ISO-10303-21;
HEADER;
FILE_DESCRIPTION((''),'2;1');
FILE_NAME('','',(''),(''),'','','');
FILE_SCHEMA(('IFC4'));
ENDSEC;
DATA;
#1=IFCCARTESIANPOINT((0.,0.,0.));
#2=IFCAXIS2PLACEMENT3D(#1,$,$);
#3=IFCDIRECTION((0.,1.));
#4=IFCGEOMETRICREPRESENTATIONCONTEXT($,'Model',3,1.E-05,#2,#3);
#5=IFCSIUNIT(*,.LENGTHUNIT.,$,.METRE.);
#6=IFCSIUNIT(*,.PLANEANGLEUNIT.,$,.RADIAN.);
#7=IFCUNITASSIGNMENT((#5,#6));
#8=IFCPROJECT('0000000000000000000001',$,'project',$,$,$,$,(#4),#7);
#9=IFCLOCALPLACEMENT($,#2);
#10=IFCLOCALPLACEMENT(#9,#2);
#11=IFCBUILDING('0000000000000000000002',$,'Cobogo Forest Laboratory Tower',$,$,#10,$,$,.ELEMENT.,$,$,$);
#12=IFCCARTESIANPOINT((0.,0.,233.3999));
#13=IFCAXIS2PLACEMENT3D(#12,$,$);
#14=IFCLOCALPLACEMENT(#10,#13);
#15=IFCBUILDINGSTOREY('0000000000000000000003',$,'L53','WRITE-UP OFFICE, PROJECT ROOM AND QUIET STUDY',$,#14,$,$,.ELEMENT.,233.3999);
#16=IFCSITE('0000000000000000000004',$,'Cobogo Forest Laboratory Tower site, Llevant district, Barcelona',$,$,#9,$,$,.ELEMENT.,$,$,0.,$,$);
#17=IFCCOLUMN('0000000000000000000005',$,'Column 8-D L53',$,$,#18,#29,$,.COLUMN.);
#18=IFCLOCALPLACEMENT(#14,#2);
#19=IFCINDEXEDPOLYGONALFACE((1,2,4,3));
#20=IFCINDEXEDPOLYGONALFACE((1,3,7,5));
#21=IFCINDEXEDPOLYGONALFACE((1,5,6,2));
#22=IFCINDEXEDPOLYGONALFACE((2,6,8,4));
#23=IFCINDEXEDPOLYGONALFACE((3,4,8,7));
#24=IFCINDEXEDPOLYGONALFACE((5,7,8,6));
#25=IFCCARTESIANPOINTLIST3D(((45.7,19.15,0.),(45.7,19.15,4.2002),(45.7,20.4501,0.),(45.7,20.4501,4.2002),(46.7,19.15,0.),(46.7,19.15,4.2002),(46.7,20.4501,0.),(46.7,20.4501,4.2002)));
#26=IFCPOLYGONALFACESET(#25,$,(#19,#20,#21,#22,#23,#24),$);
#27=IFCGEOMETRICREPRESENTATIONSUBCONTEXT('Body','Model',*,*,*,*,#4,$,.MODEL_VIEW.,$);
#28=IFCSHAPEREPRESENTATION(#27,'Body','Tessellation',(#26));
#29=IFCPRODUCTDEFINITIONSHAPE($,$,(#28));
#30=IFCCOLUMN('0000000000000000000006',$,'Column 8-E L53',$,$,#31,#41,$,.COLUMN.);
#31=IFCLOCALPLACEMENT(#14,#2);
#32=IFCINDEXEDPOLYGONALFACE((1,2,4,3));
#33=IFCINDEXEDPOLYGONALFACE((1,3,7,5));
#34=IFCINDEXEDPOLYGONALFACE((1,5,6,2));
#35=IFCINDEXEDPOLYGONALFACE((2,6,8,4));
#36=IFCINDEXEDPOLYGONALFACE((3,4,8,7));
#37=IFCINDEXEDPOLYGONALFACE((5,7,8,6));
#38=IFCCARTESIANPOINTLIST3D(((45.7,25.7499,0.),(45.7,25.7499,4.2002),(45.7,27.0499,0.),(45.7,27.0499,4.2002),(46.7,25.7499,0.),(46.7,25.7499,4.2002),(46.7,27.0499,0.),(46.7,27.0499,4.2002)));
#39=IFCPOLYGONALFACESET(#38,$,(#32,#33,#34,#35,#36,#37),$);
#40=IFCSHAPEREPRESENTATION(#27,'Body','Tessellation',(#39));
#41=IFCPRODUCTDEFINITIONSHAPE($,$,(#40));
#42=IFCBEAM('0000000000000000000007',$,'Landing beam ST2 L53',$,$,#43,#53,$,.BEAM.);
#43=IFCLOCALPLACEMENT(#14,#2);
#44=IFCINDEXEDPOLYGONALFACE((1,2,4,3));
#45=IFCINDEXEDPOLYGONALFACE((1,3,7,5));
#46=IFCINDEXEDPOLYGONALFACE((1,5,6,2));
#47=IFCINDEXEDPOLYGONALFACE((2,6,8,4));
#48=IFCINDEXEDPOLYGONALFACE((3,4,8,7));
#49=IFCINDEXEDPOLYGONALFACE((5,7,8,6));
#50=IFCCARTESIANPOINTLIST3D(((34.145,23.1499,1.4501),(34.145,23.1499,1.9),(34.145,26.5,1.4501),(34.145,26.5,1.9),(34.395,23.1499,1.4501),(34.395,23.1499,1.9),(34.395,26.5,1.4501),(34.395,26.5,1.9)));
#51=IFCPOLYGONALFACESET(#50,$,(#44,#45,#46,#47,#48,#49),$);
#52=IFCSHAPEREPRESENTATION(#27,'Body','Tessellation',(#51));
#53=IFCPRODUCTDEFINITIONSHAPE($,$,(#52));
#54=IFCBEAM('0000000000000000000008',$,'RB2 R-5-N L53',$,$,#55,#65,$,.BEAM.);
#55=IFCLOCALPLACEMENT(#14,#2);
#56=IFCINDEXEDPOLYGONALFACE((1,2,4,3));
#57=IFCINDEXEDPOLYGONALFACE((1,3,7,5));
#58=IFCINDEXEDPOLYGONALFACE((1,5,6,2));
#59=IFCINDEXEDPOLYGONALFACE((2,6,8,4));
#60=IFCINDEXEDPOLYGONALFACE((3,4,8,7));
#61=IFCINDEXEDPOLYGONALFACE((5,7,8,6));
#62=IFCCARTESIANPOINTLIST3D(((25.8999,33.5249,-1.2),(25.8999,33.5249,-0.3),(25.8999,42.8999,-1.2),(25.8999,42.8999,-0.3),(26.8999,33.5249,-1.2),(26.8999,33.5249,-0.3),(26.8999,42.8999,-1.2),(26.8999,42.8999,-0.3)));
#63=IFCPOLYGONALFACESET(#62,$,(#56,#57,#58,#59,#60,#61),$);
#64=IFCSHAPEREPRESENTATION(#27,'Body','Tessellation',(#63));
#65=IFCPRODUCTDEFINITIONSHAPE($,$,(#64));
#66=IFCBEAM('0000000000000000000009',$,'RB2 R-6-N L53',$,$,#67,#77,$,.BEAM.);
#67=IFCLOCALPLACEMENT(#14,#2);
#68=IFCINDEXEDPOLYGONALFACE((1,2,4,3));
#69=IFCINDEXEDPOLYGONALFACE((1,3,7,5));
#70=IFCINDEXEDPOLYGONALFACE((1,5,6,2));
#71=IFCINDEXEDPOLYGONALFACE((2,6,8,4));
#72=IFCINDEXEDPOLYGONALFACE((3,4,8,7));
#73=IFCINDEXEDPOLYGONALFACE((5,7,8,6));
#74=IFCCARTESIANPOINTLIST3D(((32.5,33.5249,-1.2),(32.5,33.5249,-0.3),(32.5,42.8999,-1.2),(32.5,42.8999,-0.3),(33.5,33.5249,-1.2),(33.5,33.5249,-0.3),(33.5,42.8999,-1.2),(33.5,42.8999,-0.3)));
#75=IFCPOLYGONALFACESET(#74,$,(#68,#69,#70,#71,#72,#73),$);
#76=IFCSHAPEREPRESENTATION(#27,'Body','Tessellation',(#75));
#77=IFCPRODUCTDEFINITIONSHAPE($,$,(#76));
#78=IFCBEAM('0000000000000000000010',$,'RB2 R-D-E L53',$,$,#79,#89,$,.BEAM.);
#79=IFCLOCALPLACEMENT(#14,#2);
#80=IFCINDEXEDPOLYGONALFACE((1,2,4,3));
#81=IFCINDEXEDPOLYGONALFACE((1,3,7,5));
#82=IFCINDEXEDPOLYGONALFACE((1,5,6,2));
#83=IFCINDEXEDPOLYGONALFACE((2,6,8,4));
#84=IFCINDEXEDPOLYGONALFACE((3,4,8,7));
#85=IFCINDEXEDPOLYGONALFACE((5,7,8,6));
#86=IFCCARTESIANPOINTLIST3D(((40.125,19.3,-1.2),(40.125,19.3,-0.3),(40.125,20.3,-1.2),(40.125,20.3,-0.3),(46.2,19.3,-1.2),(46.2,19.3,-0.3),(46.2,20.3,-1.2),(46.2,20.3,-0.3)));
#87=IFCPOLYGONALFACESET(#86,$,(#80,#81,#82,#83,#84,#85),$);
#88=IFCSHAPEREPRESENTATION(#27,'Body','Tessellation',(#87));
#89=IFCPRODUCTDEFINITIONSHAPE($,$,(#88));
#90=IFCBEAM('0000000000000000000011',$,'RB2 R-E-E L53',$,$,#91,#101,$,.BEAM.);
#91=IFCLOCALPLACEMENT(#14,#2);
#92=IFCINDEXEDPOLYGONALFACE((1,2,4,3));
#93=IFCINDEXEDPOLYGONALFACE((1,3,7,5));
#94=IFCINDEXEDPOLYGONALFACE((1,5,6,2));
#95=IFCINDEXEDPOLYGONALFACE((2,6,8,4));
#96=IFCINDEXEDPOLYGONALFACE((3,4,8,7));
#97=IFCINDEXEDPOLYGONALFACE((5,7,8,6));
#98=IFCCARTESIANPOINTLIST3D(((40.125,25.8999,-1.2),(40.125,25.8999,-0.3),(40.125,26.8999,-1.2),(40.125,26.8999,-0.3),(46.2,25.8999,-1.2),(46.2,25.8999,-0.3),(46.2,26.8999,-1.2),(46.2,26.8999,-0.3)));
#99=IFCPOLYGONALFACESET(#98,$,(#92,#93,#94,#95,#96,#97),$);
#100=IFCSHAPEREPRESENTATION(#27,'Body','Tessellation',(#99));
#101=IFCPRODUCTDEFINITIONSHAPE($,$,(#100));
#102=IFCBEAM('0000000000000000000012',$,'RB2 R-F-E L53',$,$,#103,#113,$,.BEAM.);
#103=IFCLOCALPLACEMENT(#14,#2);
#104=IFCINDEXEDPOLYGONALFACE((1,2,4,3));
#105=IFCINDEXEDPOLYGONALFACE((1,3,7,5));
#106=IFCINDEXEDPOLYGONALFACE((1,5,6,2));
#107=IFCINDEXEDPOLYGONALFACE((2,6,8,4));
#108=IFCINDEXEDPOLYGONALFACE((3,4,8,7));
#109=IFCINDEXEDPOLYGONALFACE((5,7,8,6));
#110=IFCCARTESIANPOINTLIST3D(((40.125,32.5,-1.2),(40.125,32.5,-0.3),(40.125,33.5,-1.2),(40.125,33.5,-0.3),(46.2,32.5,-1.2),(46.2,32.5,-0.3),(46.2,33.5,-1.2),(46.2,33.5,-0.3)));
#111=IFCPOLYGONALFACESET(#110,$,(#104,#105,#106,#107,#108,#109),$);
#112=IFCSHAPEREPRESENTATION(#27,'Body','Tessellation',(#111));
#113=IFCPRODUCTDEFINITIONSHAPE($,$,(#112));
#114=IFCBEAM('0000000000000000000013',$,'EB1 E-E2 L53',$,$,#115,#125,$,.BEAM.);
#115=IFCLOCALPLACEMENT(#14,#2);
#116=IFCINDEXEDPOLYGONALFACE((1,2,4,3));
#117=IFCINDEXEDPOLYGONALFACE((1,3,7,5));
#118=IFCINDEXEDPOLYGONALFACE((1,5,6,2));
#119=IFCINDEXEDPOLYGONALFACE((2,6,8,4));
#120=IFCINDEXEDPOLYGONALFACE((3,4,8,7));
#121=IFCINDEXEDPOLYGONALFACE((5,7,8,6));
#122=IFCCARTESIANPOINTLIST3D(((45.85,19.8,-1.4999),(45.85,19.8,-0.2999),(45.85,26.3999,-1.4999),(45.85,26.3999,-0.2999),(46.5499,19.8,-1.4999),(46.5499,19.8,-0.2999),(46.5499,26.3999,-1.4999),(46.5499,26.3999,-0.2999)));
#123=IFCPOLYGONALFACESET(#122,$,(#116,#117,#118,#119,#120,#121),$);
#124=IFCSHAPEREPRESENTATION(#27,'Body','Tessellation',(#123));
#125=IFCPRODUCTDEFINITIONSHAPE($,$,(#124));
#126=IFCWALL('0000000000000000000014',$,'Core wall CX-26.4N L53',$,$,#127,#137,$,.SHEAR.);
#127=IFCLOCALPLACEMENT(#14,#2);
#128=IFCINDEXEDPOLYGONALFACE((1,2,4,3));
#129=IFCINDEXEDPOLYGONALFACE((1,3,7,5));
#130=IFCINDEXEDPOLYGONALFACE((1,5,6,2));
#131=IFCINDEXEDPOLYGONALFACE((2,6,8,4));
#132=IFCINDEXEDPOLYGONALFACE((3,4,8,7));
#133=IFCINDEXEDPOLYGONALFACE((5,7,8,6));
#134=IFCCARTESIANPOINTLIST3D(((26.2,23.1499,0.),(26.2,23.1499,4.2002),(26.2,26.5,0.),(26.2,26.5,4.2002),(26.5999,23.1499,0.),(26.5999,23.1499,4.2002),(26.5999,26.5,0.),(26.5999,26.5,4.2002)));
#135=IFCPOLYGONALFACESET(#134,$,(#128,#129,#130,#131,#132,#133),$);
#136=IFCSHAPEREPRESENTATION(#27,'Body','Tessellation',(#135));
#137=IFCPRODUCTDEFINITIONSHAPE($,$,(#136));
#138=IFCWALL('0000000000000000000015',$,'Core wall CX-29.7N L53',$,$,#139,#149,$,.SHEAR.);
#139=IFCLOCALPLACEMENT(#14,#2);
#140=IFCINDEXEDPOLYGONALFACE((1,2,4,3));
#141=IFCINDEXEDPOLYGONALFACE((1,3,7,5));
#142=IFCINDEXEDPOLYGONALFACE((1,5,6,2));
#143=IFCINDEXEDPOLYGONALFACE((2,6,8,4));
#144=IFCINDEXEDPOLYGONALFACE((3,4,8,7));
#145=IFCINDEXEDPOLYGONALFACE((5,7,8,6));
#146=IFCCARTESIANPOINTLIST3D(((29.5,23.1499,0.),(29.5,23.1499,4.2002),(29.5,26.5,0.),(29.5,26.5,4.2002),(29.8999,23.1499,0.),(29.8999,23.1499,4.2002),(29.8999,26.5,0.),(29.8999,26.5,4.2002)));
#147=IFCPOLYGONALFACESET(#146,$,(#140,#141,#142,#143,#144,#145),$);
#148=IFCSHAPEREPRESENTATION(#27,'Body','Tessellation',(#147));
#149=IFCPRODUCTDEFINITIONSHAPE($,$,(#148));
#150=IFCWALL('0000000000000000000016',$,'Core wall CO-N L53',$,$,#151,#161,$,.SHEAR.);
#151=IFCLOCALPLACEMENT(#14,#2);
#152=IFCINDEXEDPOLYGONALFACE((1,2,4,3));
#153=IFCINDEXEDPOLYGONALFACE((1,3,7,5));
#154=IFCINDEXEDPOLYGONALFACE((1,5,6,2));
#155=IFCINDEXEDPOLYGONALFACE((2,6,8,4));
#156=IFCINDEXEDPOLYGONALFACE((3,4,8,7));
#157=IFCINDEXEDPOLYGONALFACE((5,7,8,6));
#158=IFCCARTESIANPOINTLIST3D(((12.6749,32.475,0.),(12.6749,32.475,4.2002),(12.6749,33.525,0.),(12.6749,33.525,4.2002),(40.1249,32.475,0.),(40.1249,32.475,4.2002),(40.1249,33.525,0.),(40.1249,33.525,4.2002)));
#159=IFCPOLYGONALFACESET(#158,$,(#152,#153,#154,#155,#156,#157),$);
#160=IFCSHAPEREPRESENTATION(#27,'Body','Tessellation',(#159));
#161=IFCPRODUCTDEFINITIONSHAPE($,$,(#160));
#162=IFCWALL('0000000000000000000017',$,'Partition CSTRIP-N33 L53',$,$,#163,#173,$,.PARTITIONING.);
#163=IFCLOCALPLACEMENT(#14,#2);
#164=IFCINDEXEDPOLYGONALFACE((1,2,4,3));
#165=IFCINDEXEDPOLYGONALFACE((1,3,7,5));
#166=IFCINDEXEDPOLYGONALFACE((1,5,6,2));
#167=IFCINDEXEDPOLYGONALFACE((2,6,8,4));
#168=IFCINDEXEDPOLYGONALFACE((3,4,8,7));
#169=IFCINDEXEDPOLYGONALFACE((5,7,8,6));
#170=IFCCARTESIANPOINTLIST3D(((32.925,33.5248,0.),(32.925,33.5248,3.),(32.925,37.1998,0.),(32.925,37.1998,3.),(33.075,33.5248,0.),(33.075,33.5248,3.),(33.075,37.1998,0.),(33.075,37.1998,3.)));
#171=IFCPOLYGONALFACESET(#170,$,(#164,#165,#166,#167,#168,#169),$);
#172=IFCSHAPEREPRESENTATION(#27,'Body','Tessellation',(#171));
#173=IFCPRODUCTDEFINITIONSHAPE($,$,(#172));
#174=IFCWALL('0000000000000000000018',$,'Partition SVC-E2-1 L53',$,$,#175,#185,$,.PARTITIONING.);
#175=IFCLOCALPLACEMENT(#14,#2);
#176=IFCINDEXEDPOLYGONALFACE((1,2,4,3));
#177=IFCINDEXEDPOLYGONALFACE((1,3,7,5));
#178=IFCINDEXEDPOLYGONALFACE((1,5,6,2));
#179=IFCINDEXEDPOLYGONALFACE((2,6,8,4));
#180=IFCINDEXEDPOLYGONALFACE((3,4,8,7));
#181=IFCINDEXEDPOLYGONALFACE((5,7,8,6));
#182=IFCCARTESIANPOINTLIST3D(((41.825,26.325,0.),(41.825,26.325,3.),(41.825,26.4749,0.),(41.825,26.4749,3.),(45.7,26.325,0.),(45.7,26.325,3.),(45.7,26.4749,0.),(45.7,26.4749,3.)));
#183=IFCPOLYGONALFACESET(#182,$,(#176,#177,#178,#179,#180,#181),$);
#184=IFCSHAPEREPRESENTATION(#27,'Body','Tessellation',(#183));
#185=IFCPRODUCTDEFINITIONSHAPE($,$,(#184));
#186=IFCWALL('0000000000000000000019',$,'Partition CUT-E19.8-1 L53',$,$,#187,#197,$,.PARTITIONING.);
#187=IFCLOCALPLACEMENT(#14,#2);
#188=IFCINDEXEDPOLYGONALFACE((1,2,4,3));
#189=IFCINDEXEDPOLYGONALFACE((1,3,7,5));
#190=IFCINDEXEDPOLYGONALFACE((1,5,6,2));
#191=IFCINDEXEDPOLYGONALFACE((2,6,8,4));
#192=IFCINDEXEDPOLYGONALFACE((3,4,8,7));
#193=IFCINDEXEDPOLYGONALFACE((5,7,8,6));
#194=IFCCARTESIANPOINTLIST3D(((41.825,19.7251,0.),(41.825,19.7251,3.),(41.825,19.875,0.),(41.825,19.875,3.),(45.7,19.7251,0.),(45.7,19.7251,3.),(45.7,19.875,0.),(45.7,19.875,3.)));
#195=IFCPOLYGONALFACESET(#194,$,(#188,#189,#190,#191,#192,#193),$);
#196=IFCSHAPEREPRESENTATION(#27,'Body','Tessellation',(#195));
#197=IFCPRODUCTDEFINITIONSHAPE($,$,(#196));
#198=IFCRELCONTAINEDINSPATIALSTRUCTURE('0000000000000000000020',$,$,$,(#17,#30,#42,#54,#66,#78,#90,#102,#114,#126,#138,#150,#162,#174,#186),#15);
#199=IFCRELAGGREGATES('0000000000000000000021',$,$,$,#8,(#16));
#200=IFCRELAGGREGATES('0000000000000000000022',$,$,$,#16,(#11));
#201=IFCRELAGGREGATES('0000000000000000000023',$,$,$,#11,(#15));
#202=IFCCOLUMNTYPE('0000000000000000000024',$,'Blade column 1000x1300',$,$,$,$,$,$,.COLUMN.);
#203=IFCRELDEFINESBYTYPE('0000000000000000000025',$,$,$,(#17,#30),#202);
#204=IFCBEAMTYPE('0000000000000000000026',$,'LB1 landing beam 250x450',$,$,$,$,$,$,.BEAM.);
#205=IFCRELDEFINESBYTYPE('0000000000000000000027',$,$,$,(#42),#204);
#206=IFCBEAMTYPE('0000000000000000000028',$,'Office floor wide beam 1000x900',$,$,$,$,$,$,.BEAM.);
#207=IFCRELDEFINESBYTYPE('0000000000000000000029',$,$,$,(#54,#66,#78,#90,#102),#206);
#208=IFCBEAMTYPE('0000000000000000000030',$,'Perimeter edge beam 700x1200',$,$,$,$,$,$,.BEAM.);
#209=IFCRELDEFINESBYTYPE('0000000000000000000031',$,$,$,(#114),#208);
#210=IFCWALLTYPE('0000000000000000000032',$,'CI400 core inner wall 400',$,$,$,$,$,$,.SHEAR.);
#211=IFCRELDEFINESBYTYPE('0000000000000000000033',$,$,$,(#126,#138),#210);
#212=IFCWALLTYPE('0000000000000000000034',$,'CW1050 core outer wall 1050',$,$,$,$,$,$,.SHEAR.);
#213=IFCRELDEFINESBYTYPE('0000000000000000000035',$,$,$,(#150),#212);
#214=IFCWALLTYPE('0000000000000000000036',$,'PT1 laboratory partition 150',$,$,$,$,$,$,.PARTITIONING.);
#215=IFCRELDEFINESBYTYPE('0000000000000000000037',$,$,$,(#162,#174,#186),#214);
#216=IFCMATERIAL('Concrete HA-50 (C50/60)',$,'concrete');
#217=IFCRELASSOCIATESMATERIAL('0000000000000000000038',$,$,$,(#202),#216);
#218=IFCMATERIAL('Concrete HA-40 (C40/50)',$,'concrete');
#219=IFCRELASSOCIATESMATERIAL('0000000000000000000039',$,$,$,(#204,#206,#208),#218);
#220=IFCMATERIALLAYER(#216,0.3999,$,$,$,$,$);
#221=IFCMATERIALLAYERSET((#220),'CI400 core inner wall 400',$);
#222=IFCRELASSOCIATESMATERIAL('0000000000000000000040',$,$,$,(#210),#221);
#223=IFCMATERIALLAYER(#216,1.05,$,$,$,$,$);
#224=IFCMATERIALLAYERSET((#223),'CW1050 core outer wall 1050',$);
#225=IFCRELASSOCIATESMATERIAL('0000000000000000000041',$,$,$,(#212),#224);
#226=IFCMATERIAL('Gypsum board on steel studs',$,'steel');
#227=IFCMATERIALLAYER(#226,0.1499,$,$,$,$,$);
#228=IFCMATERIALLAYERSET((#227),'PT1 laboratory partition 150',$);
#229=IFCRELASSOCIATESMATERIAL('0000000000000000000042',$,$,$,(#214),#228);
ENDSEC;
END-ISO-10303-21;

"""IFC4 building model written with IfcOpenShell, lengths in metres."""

from ifc_helpers import new_model, si_unit, direction, frame, frame_2d, origin, origin_2d, place, context, subcontext, project, spatial, rectangle, extrude, material, layer, layer_set, material_profile, profile_set, type_object, element, save


model = new_model("IFC4")

# Units and contexts
model_context = context("Model", 3, precision=1e-05, world=origin(), true_north=direction((0.0, 1.0)))
body_context = subcontext(model_context, "Body", "Model", "MODEL_VIEW")
ifc_project = project(units=[si_unit("LENGTHUNIT", "METRE"), si_unit("PLANEANGLEUNIT", "RADIAN")], contexts=[model_context])

# Site, building, storey
site_placement = place(None, origin())
site = spatial("IfcSite", under=ifc_project, at=site_placement, Name="Cobogo Forest Laboratory Tower site, Llevant district, Barcelona", CompositionType="ELEMENT", RefElevation=0.0)
building_placement = place(site_placement, origin())
building = spatial("IfcBuilding", under=site, at=building_placement, Name="Cobogo Forest Laboratory Tower", CompositionType="ELEMENT")
storey_placement = place(building_placement, frame((0.0, 0.0, 233.3999)))
storey = spatial("IfcBuildingStorey", under=building, at=storey_placement, Name="L53", Description="WRITE-UP OFFICE, PROJECT ROOM AND QUIET STUDY", CompositionType="ELEMENT", Elevation=233.3999)

# Columns
ifc_material_1 = material(Name="Concrete HA-50 (C50/60)", Category="concrete")
ifc_material_profile_1 = material_profile(ifc_material_1, rectangle(XDim=1.3, YDim=1.0, at=origin_2d()), Name="RC 1000x1300")
ifc_profile_set_1 = profile_set([ifc_material_profile_1], Name="Concrete HA-50 (C50/60)")
column_type = type_object("IfcColumnType", Name="Blade column 1000x1300", PredefinedType="COLUMN", material=ifc_profile_set_1)
for number, where, z_axis, x_axis, name in (
    (1, (46.2, 19.8, 0.0), (0.0, 0.0, 1.0), (0.0, 1.0, 0.0), "Column 8-D L53"),
    (2, (46.2, 26.3999, 0.0), (0.0, 0.0, 1.0), (0.0, 1.0, 0.0), "Column 8-E L53"),
):
    element("IfcColumn", number, at=place(storey_placement, frame(where, z_axis=z_axis, x_axis=x_axis)), inside=storey, type_object=column_type, Name=name, PredefinedType="COLUMN", context=body_context, shape_type="SweptSolid", body=[
        extrude(rectangle(XDim=1.3, YDim=1.0, at=origin_2d()), origin(), (0.0, 0.0, 1.0), 4.2002),
    ])

# Beams
ifc_material_2 = material(Name="Concrete HA-40 (C40/50)", Category="concrete")
ifc_material_profile_2 = material_profile(ifc_material_2, rectangle(XDim=0.25, YDim=0.45, at=origin_2d()), Name="RC 250x450")
ifc_profile_set_2 = profile_set([ifc_material_profile_2], Name="Concrete HA-40 (C40/50)")
beam_type_1 = type_object("IfcBeamType", Name="LB1 landing beam 250x450", PredefinedType="BEAM", material=ifc_profile_set_2)
beam_1_placement = place(storey_placement, frame((34.27, 23.1499, 1.675), z_axis=(0.0, 1.0, 0.0), x_axis=(-1.0, 0.0, 0.0)))
element("IfcBeam", 3, at=beam_1_placement, inside=storey, type_object=beam_type_1, Name="Landing beam ST2 L53", PredefinedType="BEAM", context=body_context, shape_type="SweptSolid", body=[
    extrude(rectangle(XDim=0.25, YDim=0.45, at=origin_2d()), origin(), (0.0, 0.0, 1.0), 3.3501),
])
ifc_material_profile_3 = material_profile(ifc_material_2, rectangle(XDim=1.0, YDim=0.8999, at=origin_2d()), Name="RC 1000x900")
ifc_profile_set_3 = profile_set([ifc_material_profile_3], Name="Concrete HA-40 (C40/50)")
beam_type_2 = type_object("IfcBeamType", Name="Office floor wide beam 1000x900", PredefinedType="BEAM", material=ifc_profile_set_3)
for number, where, z_axis, x_axis, name in (
    (4, (26.3999, 33.5249, -0.75), (0.0, 1.0, 0.0), (-1.0, 0.0, 0.0), "RB2 R-5-N L53"),
    (5, (33.0, 33.5249, -0.75), (0.0, 1.0, 0.0), (-1.0, 0.0, 0.0), "RB2 R-6-N L53"),
):
    element("IfcBeam", number, at=place(storey_placement, frame(where, z_axis=z_axis, x_axis=x_axis)), inside=storey, type_object=beam_type_2, Name=name, PredefinedType="BEAM", context=body_context, shape_type="SweptSolid", body=[
        extrude(rectangle(XDim=1.0, YDim=0.8999, at=origin_2d()), origin(), (0.0, 0.0, 1.0), 9.375),
    ])
for number, where, z_axis, x_axis, name in (
    (6, (40.125, 19.8, -0.75), (1.0, 0.0, 0.0), (0.0, 1.0, 0.0), "RB2 R-D-E L53"),
    (7, (40.125, 26.3999, -0.75), (1.0, 0.0, 0.0), (0.0, 1.0, 0.0), "RB2 R-E-E L53"),
    (8, (40.125, 33.0, -0.75), (1.0, 0.0, 0.0), (0.0, 1.0, 0.0), "RB2 R-F-E L53"),
):
    element("IfcBeam", number, at=place(storey_placement, frame(where, z_axis=z_axis, x_axis=x_axis)), inside=storey, type_object=beam_type_2, Name=name, PredefinedType="BEAM", context=body_context, shape_type="SweptSolid", body=[
        extrude(rectangle(XDim=1.0, YDim=0.8999, at=origin_2d()), origin(), (0.0, 0.0, 1.0), 6.075),
    ])
ifc_material_profile_4 = material_profile(ifc_material_2, rectangle(XDim=0.7, YDim=1.2, at=origin_2d()), Name="RC 700x1200")
ifc_profile_set_4 = profile_set([ifc_material_profile_4], Name="Concrete HA-40 (C40/50)")
beam_type_3 = type_object("IfcBeamType", Name="Perimeter edge beam 700x1200", PredefinedType="BEAM", material=ifc_profile_set_4)
beam_2_placement = place(storey_placement, frame((46.2, 19.8, -0.8999), z_axis=(0.0, 1.0, 0.0), x_axis=(-1.0, 0.0, 0.0)))
element("IfcBeam", 9, at=beam_2_placement, inside=storey, type_object=beam_type_3, Name="EB1 E-E2 L53", PredefinedType="BEAM", context=body_context, shape_type="SweptSolid", body=[
    extrude(rectangle(XDim=0.7, YDim=1.2, at=origin_2d()), origin(), (0.0, 0.0, 1.0), 6.5999),
])

# Walls
ifc_layer_1 = layer(ifc_material_1, 0.3999)
ifc_layer_set_1 = layer_set([ifc_layer_1], Name="CI400 core inner wall 400")
wall_type_1 = type_object("IfcWallType", Name="CI400 core inner wall 400", PredefinedType="SHEAR", material=ifc_layer_set_1)
for number, where, z_axis, x_axis, name in (
    (10, (26.3999, 23.1499, 0.0), (0.0, 0.0, 1.0), (0.0, 1.0, 0.0), "Core wall CX-26.4N L53"),
    (11, (29.7, 23.1499, 0.0), (0.0, 0.0, 1.0), (0.0, 1.0, 0.0), "Core wall CX-29.7N L53"),
):
    element("IfcWall", number, at=place(storey_placement, frame(where, z_axis=z_axis, x_axis=x_axis)), inside=storey, type_object=wall_type_1, Name=name, PredefinedType="SHEAR", context=body_context, shape_type="SweptSolid", body=[
        extrude(rectangle(XDim=3.3501, YDim=0.3999, at=frame_2d((1.675, 0.0))), origin(), (0.0, 0.0, 1.0), 4.2002),
    ])
ifc_layer_2 = layer(ifc_material_1, 1.05)
ifc_layer_set_2 = layer_set([ifc_layer_2], Name="CW1050 core outer wall 1050")
wall_type_2 = type_object("IfcWallType", Name="CW1050 core outer wall 1050", PredefinedType="SHEAR", material=ifc_layer_set_2)
wall_1_placement = place(storey_placement, frame((40.125, 33.0, 0.0), z_axis=(0.0, 0.0, 1.0), x_axis=(-1.0, 0.0, 0.0)))
element("IfcWall", 12, at=wall_1_placement, inside=storey, type_object=wall_type_2, Name="Core wall CO-N L53", PredefinedType="SHEAR", context=body_context, shape_type="SweptSolid", body=[
    extrude(rectangle(XDim=27.45, YDim=1.05, at=frame_2d((13.7251, 0.0))), origin(), (0.0, 0.0, 1.0), 4.2002),
])
ifc_material_3 = material(Name="Gypsum board on steel studs", Category="steel")
ifc_layer_3 = layer(ifc_material_3, 0.1499)
ifc_layer_set_3 = layer_set([ifc_layer_3], Name="PT1 laboratory partition 150")
wall_type_3 = type_object("IfcWallType", Name="PT1 laboratory partition 150", PredefinedType="PARTITIONING", material=ifc_layer_set_3)
wall_2_placement = place(storey_placement, frame((33.0, 33.5249, 0.0), z_axis=(0.0, 0.0, 1.0), x_axis=(0.0, 1.0, 0.0)))
element("IfcWall", 13, at=wall_2_placement, inside=storey, type_object=wall_type_3, Name="Partition CSTRIP-N33 L53", PredefinedType="PARTITIONING", context=body_context, shape_type="SweptSolid", body=[
    extrude(rectangle(XDim=3.675, YDim=0.1499, at=frame_2d((1.8374, 0.0))), origin(), (0.0, 0.0, 1.0), 3.0),
])
for number, where, z_axis, x_axis, name in (
    (14, (45.7, 26.3999, 0.0), (0.0, 0.0, 1.0), (-1.0, 0.0, 0.0), "Partition SVC-E2-1 L53"),
    (15, (45.7, 19.8, 0.0), (0.0, 0.0, 1.0), (-1.0, 0.0, 0.0), "Partition CUT-E19.8-1 L53"),
):
    element("IfcWall", number, at=place(storey_placement, frame(where, z_axis=z_axis, x_axis=x_axis)), inside=storey, type_object=wall_type_3, Name=name, PredefinedType="PARTITIONING", context=body_context, shape_type="SweptSolid", body=[
        extrude(rectangle(XDim=3.875, YDim=0.1499, at=frame_2d((1.9375, 0.0))), origin(), (0.0, 0.0, 1.0), 3.0),
    ])

save(model, "model.ifc")
